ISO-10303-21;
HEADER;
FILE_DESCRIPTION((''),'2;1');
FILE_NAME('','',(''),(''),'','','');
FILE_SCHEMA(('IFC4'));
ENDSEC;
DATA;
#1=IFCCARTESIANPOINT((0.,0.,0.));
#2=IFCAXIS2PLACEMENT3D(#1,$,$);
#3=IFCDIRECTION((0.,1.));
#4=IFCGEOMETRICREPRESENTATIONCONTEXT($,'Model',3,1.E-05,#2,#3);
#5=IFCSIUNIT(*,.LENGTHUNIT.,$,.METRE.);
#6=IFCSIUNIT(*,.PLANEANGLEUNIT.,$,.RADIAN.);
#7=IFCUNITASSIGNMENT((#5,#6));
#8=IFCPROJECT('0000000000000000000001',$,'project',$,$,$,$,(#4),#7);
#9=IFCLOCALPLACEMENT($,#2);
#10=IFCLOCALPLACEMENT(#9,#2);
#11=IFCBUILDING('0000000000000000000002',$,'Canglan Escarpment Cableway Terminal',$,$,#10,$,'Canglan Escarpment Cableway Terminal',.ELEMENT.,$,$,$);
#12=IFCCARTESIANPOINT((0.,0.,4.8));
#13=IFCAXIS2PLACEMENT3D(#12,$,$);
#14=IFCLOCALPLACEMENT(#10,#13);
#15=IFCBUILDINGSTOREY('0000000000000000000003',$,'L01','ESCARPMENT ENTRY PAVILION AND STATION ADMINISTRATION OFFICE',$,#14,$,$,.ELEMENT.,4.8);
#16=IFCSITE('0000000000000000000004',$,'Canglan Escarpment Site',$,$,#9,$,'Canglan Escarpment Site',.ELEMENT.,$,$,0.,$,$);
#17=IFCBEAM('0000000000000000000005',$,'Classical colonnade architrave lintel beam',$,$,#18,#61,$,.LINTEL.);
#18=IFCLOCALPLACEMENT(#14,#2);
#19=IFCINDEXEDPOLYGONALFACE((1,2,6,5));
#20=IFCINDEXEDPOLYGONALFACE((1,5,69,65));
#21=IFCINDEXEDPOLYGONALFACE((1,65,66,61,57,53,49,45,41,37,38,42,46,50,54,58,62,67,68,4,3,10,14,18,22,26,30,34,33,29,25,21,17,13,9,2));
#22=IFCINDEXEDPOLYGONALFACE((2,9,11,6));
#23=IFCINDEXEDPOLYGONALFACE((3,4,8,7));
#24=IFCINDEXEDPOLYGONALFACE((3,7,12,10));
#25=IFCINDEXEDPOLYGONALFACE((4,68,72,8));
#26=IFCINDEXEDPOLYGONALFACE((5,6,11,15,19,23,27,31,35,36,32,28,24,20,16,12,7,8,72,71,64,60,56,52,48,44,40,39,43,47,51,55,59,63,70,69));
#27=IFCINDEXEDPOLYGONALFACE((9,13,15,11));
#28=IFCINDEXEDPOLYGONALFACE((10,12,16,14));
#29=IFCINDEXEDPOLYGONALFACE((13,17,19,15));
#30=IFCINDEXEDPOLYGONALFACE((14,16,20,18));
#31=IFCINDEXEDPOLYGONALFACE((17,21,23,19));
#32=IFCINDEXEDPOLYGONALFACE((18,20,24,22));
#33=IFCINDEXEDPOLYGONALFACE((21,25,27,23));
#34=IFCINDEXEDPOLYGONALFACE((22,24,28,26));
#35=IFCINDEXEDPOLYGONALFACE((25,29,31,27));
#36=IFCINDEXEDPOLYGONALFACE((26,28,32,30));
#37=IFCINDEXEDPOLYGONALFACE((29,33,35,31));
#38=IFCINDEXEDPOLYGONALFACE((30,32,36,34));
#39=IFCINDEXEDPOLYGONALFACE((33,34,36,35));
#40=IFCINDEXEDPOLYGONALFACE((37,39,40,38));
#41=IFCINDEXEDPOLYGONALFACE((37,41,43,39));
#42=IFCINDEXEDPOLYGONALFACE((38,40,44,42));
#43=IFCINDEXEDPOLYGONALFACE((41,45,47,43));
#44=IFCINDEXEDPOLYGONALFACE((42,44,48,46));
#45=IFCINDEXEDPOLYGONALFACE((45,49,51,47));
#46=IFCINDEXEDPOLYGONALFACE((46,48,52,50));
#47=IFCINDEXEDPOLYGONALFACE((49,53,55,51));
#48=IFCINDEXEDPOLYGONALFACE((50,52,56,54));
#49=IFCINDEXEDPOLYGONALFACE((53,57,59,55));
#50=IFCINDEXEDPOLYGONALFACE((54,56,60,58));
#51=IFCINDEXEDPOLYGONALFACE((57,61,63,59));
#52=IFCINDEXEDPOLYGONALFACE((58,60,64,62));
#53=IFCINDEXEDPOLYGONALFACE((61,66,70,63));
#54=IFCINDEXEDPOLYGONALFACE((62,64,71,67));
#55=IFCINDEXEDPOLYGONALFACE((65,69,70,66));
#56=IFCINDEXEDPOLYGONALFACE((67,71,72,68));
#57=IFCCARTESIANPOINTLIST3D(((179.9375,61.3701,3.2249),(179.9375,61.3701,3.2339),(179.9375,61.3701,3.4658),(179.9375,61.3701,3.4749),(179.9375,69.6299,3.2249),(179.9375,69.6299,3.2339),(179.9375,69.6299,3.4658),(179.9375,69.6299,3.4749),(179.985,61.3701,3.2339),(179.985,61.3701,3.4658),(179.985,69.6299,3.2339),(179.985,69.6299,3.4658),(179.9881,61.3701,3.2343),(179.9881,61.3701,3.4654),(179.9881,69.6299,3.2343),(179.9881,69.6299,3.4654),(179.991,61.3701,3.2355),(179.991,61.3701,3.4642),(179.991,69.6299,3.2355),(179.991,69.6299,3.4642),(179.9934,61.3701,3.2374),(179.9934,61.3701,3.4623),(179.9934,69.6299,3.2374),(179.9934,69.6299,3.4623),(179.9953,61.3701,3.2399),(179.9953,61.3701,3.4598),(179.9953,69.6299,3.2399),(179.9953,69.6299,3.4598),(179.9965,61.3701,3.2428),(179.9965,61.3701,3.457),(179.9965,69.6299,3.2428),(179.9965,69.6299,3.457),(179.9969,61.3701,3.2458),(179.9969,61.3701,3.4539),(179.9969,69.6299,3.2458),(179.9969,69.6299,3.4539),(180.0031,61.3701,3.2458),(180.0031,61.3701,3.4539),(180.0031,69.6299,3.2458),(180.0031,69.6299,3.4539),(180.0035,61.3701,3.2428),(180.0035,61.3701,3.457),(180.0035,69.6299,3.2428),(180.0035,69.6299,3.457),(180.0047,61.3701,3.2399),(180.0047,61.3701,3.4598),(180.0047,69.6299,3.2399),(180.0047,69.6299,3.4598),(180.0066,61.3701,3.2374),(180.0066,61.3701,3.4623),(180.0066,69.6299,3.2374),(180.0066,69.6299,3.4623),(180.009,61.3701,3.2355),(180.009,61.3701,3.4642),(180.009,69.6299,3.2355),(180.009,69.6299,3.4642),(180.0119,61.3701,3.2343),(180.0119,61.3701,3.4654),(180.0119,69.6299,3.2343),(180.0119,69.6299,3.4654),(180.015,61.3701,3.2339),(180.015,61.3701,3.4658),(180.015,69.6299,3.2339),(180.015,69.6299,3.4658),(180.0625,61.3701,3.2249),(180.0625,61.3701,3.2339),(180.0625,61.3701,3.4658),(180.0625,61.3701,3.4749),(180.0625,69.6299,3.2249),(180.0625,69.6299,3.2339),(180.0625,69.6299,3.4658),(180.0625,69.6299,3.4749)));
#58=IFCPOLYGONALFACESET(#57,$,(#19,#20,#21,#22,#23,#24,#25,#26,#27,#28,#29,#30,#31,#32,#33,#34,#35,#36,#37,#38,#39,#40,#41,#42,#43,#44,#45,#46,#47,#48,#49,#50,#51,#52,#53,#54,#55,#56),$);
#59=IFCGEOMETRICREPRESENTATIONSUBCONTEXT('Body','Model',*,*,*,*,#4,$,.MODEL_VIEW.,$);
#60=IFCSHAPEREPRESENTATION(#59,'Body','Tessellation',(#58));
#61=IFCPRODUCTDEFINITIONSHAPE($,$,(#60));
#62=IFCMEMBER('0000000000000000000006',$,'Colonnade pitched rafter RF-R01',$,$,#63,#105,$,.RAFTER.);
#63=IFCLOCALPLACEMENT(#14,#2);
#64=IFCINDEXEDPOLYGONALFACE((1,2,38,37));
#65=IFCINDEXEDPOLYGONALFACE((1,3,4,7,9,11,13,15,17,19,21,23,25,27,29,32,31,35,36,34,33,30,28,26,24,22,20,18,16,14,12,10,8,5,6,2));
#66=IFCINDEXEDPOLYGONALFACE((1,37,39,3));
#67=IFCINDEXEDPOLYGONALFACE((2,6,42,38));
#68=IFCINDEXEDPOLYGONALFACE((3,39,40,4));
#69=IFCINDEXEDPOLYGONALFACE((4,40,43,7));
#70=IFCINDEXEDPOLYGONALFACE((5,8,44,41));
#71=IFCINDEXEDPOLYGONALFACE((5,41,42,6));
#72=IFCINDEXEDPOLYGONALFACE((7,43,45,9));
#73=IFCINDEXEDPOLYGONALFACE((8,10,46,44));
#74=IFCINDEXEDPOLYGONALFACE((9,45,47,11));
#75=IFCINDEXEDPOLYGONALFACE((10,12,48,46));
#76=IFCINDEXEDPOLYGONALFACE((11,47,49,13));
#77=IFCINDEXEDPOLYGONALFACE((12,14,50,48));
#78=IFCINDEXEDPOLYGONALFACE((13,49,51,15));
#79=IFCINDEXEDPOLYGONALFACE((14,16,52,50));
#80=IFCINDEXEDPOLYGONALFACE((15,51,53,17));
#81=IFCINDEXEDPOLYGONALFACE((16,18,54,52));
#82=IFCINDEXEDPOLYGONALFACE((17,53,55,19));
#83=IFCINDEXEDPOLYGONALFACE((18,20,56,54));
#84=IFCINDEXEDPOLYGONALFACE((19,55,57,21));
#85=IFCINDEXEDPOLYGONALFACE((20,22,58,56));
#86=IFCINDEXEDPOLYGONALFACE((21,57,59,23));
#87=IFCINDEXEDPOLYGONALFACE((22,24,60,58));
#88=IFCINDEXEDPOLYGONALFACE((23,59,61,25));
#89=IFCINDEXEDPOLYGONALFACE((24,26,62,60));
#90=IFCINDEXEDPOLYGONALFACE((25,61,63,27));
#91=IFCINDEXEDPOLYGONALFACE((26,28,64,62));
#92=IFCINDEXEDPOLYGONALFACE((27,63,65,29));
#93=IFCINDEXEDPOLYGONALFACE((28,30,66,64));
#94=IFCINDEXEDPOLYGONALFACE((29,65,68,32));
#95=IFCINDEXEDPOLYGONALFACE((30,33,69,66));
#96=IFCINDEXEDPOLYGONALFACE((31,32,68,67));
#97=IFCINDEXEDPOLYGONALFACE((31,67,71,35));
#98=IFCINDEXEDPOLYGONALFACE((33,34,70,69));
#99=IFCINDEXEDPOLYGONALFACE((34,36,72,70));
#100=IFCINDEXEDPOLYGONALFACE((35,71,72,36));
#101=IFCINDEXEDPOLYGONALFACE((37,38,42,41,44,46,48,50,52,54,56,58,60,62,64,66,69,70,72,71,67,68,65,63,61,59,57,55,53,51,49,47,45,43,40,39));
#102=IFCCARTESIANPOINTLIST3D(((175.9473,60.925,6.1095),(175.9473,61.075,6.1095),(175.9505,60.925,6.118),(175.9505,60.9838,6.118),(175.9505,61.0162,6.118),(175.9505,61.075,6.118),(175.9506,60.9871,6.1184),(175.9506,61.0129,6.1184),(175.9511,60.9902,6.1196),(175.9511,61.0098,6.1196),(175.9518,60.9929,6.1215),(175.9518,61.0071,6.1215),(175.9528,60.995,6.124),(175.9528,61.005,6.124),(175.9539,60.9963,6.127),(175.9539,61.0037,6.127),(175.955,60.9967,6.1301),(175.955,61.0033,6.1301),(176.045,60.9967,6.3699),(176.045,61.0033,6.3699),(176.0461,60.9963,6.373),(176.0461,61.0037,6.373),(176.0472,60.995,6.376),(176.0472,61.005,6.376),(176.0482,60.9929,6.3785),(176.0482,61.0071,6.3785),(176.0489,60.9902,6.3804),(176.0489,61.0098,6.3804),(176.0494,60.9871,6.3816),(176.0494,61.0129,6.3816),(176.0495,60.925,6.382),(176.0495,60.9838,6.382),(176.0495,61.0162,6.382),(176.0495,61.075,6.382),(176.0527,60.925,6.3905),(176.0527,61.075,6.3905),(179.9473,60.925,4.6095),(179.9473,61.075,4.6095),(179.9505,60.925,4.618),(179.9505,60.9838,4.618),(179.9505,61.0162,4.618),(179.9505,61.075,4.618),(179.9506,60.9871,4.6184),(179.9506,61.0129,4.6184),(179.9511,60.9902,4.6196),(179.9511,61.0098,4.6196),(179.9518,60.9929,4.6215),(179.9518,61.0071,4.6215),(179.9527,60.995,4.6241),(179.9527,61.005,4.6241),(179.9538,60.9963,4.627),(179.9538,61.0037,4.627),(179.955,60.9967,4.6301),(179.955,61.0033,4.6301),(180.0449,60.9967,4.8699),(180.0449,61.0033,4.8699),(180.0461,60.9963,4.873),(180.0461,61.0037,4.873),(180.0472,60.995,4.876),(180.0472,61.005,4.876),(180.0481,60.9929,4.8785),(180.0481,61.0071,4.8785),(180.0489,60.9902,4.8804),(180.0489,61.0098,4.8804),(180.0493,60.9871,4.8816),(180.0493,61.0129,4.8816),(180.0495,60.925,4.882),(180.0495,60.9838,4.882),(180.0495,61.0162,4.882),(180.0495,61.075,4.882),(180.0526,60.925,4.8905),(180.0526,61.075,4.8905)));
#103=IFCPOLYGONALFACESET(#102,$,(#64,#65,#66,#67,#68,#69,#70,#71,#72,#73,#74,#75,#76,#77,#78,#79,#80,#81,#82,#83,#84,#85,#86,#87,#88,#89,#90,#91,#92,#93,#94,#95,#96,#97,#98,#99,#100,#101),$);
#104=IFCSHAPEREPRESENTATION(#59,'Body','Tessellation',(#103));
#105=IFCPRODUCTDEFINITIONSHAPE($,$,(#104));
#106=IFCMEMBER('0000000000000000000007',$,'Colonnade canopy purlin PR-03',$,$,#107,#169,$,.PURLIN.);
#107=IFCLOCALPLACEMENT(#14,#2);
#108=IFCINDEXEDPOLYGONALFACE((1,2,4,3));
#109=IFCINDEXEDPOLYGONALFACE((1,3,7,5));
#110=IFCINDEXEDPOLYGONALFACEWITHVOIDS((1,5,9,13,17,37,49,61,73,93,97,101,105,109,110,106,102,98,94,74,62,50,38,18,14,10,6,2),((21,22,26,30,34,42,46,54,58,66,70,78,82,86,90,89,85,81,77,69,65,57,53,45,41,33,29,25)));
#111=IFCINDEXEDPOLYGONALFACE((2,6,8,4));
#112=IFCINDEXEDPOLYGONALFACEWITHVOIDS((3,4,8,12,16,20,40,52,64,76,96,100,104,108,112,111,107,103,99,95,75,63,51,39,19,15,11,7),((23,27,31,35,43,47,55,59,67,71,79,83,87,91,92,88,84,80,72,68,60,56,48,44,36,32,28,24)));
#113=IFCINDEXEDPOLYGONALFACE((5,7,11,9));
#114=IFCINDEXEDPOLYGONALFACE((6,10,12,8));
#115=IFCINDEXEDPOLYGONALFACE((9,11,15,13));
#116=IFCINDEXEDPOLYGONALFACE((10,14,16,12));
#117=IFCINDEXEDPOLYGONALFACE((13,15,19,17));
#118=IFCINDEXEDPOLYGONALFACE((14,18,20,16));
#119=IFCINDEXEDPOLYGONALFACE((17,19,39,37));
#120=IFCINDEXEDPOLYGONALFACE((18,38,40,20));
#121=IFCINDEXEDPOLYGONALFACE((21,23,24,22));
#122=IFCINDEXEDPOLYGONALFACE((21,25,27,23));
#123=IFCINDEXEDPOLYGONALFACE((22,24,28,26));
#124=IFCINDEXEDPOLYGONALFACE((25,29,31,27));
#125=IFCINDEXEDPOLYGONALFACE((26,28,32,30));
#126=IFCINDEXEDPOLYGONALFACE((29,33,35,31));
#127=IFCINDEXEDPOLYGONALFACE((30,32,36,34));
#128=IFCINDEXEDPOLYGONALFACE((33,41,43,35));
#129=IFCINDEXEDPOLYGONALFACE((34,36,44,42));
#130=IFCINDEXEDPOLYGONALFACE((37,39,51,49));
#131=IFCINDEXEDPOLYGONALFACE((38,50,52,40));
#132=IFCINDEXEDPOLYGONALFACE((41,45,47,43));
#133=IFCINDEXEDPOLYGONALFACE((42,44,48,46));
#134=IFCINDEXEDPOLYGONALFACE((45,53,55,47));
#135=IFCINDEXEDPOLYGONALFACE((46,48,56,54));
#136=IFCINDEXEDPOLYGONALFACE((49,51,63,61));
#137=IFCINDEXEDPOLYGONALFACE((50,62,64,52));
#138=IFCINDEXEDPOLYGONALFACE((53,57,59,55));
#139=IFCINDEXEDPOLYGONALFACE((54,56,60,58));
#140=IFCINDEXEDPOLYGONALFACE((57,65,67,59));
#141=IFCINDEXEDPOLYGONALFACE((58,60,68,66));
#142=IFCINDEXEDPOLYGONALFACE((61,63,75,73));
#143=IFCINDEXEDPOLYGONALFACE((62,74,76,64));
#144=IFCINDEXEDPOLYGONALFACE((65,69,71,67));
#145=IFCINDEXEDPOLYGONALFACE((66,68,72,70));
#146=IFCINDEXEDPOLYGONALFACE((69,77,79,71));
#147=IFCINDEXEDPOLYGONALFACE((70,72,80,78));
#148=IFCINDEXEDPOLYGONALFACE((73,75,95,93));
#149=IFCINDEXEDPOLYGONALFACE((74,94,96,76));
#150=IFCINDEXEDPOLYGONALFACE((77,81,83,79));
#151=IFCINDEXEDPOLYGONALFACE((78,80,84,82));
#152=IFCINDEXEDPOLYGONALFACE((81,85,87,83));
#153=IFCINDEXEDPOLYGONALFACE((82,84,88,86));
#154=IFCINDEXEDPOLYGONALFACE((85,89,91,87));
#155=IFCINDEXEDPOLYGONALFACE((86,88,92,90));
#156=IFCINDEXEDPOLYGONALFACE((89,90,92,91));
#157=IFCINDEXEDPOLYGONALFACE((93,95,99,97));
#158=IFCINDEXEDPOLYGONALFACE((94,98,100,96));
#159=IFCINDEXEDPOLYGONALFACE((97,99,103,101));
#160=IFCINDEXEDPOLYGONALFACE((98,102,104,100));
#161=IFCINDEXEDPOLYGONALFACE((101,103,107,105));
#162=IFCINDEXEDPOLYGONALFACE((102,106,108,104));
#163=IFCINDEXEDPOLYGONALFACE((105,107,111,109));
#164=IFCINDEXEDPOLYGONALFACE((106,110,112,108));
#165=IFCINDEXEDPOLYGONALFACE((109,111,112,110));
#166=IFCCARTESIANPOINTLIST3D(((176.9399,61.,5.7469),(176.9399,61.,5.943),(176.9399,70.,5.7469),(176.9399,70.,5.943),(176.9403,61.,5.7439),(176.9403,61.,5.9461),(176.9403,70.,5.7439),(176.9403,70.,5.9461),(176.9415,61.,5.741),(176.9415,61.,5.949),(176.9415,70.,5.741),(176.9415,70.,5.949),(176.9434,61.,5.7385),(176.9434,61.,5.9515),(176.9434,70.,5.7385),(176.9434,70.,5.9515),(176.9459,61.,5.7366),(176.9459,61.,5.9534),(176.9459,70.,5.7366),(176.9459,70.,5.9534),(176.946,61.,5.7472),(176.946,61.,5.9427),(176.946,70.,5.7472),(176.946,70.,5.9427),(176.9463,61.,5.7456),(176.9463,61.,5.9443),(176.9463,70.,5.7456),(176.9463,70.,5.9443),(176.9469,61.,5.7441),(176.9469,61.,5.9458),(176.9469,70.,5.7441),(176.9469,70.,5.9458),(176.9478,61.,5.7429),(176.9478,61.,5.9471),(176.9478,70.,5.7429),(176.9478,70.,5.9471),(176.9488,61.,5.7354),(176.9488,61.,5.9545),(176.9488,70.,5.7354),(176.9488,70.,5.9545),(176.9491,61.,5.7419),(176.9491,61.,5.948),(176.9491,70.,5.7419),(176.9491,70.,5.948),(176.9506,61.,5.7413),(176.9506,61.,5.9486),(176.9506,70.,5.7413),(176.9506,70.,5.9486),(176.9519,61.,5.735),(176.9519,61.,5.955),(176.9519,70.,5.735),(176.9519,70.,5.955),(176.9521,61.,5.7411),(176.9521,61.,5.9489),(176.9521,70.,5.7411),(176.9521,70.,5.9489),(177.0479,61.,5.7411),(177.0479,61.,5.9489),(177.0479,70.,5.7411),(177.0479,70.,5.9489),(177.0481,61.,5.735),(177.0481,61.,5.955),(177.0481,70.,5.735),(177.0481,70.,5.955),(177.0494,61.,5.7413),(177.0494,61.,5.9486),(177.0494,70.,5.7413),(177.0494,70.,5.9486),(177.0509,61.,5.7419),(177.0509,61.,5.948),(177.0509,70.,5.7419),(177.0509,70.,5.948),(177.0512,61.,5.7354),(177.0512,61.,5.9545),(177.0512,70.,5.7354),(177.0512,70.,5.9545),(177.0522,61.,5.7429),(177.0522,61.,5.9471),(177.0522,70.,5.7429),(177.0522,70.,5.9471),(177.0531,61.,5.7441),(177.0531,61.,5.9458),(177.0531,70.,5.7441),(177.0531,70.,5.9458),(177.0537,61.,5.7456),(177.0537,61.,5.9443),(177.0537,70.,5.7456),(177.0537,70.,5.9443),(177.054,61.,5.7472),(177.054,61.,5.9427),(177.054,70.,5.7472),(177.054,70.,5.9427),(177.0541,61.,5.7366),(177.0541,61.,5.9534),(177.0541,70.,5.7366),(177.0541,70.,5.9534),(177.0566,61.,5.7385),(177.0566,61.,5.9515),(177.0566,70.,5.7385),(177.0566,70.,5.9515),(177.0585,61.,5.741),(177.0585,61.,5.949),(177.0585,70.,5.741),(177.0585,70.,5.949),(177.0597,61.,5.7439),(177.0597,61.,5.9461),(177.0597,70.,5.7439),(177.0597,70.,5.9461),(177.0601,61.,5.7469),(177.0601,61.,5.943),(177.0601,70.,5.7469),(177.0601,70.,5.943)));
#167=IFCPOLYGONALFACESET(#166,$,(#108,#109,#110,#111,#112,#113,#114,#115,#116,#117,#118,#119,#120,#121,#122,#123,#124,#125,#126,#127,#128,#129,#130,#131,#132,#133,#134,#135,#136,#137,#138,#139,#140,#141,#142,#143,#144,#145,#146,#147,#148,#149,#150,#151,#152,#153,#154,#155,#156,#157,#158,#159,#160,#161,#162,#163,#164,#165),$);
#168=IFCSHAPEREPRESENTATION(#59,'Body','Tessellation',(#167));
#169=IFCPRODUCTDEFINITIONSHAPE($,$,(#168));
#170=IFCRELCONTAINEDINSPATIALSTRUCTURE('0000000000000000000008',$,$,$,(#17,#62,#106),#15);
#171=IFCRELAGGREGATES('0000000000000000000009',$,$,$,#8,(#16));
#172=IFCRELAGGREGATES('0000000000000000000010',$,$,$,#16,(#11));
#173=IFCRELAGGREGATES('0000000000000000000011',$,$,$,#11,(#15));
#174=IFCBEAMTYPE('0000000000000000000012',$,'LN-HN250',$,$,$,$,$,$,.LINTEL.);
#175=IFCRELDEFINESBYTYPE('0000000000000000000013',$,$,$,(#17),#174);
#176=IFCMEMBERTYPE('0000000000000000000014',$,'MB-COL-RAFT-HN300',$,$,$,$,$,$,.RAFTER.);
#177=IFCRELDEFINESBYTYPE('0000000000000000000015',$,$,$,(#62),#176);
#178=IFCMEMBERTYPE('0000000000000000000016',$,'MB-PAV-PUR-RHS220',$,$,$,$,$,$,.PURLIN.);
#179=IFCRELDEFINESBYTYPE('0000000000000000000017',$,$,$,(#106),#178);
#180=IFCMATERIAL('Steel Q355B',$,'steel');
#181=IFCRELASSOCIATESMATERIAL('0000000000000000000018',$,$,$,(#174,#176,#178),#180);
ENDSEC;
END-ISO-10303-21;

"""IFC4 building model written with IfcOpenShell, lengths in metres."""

from ifc_helpers import new_model, si_unit, direction, frame, origin, origin_2d, place, context, subcontext, project, spatial, hollow_rectangle, i_section, extrude, material, material_profile, profile_set, type_object, element, save


model = new_model("IFC4")

# Units and contexts
model_context = context("Model", 3, precision=1e-05, world=origin(), true_north=direction((0.0, 1.0)))
body_context = subcontext(model_context, "Body", "Model", "MODEL_VIEW")
ifc_project = project(units=[si_unit("LENGTHUNIT", "METRE"), si_unit("PLANEANGLEUNIT", "RADIAN")], contexts=[model_context])

# Site, building, storey
site_placement = place(None, origin())
site = spatial("IfcSite", under=ifc_project, at=site_placement, Name="Canglan Escarpment Site", LongName="Canglan Escarpment Site", CompositionType="ELEMENT", RefElevation=0.0)
building_placement = place(site_placement, origin())
building = spatial("IfcBuilding", under=site, at=building_placement, Name="Canglan Escarpment Cableway Terminal", LongName="Canglan Escarpment Cableway Terminal", CompositionType="ELEMENT")
storey_placement = place(building_placement, frame((0.0, 0.0, 4.8)))
storey = spatial("IfcBuildingStorey", under=building, at=storey_placement, Name="L01", Description="ESCARPMENT ENTRY PAVILION AND STATION ADMINISTRATION OFFICE", CompositionType="ELEMENT", Elevation=4.8)

# Beam
ifc_material_1 = material(Name="Steel Q355B", Category="steel")
ifc_material_profile_1 = material_profile(ifc_material_1, i_section(OverallWidth=0.125, OverallDepth=0.25, WebThickness=0.0061, FlangeThickness=0.009, FilletRadius=0.012, at=origin_2d()), Name="HN 250x125x6x9")
ifc_profile_set_1 = profile_set([ifc_material_profile_1], Name="Steel Q355B")
beam_type = type_object("IfcBeamType", Name="LN-HN250", PredefinedType="LINTEL", material=ifc_profile_set_1)
beam_placement = place(storey_placement, frame((180.0, 61.3701, 3.3499), z_axis=(0.0, 1.0, 0.0), x_axis=(-1.0, 0.0, 0.0)))
element("IfcBeam", 1, at=beam_placement, inside=storey, type_object=beam_type, Name="Classical colonnade architrave lintel beam", PredefinedType="LINTEL", context=body_context, shape_type="SweptSolid", body=[
    extrude(i_section(OverallWidth=0.125, OverallDepth=0.25, WebThickness=0.0061, FlangeThickness=0.009, FilletRadius=0.012, at=origin_2d()), origin(), (0.0, 0.0, 1.0), 8.2598),
])

# Members
ifc_material_profile_2 = material_profile(ifc_material_1, i_section(OverallWidth=0.1499, OverallDepth=0.3, WebThickness=0.0066, FlangeThickness=0.009, FilletRadius=0.0129, at=origin_2d()), Name="HN 300x150x6.5x9")
ifc_profile_set_2 = profile_set([ifc_material_profile_2], Name="Steel Q355B")
member_type_1 = type_object("IfcMemberType", Name="MB-COL-RAFT-HN300", PredefinedType="RAFTER", material=ifc_profile_set_2)
member_1_placement = place(storey_placement, frame((176.0, 61.0, 6.25), z_axis=(0.936329, 0.0, -0.351123), x_axis=(0.0, 1.0, 0.0)))
element("IfcMember", 2, at=member_1_placement, inside=storey, type_object=member_type_1, Name="Colonnade pitched rafter RF-R01", PredefinedType="RAFTER", context=body_context, shape_type="SweptSolid", body=[
    extrude(i_section(OverallWidth=0.1499, OverallDepth=0.3, WebThickness=0.0066, FlangeThickness=0.009, FilletRadius=0.0129, at=origin_2d()), origin(), (0.0, 0.0, 1.0), 4.272),
])
ifc_material_profile_3 = material_profile(ifc_material_1, hollow_rectangle(XDim=0.1201, YDim=0.22, WallThickness=0.0061, InnerFilletRadius=0.0061, OuterFilletRadius=0.012, at=origin_2d()), Name="RHS 220x120x6")
ifc_profile_set_3 = profile_set([ifc_material_profile_3], Name="Steel Q355B")
member_type_2 = type_object("IfcMemberType", Name="MB-PAV-PUR-RHS220", PredefinedType="PURLIN", material=ifc_profile_set_3)
for number, where, z_axis, x_axis, name in (
    (3, (177.0, 61.0, 5.845), (0.0, 1.0, 0.0), (-1.0, 0.0, 0.0), "Colonnade canopy purlin PR-03"),
):
    element("IfcMember", number, at=place(storey_placement, frame(where, z_axis=z_axis, x_axis=x_axis)), inside=storey, type_object=member_type_2, Name=name, PredefinedType="PURLIN", context=body_context, shape_type="SweptSolid", body=[
        extrude(hollow_rectangle(XDim=0.1201, YDim=0.22, WallThickness=0.0061, InnerFilletRadius=0.0061, OuterFilletRadius=0.012, at=origin_2d()), origin(), (0.0, 0.0, 1.0), 9.0),
    ])

save(model, "model.ifc")
